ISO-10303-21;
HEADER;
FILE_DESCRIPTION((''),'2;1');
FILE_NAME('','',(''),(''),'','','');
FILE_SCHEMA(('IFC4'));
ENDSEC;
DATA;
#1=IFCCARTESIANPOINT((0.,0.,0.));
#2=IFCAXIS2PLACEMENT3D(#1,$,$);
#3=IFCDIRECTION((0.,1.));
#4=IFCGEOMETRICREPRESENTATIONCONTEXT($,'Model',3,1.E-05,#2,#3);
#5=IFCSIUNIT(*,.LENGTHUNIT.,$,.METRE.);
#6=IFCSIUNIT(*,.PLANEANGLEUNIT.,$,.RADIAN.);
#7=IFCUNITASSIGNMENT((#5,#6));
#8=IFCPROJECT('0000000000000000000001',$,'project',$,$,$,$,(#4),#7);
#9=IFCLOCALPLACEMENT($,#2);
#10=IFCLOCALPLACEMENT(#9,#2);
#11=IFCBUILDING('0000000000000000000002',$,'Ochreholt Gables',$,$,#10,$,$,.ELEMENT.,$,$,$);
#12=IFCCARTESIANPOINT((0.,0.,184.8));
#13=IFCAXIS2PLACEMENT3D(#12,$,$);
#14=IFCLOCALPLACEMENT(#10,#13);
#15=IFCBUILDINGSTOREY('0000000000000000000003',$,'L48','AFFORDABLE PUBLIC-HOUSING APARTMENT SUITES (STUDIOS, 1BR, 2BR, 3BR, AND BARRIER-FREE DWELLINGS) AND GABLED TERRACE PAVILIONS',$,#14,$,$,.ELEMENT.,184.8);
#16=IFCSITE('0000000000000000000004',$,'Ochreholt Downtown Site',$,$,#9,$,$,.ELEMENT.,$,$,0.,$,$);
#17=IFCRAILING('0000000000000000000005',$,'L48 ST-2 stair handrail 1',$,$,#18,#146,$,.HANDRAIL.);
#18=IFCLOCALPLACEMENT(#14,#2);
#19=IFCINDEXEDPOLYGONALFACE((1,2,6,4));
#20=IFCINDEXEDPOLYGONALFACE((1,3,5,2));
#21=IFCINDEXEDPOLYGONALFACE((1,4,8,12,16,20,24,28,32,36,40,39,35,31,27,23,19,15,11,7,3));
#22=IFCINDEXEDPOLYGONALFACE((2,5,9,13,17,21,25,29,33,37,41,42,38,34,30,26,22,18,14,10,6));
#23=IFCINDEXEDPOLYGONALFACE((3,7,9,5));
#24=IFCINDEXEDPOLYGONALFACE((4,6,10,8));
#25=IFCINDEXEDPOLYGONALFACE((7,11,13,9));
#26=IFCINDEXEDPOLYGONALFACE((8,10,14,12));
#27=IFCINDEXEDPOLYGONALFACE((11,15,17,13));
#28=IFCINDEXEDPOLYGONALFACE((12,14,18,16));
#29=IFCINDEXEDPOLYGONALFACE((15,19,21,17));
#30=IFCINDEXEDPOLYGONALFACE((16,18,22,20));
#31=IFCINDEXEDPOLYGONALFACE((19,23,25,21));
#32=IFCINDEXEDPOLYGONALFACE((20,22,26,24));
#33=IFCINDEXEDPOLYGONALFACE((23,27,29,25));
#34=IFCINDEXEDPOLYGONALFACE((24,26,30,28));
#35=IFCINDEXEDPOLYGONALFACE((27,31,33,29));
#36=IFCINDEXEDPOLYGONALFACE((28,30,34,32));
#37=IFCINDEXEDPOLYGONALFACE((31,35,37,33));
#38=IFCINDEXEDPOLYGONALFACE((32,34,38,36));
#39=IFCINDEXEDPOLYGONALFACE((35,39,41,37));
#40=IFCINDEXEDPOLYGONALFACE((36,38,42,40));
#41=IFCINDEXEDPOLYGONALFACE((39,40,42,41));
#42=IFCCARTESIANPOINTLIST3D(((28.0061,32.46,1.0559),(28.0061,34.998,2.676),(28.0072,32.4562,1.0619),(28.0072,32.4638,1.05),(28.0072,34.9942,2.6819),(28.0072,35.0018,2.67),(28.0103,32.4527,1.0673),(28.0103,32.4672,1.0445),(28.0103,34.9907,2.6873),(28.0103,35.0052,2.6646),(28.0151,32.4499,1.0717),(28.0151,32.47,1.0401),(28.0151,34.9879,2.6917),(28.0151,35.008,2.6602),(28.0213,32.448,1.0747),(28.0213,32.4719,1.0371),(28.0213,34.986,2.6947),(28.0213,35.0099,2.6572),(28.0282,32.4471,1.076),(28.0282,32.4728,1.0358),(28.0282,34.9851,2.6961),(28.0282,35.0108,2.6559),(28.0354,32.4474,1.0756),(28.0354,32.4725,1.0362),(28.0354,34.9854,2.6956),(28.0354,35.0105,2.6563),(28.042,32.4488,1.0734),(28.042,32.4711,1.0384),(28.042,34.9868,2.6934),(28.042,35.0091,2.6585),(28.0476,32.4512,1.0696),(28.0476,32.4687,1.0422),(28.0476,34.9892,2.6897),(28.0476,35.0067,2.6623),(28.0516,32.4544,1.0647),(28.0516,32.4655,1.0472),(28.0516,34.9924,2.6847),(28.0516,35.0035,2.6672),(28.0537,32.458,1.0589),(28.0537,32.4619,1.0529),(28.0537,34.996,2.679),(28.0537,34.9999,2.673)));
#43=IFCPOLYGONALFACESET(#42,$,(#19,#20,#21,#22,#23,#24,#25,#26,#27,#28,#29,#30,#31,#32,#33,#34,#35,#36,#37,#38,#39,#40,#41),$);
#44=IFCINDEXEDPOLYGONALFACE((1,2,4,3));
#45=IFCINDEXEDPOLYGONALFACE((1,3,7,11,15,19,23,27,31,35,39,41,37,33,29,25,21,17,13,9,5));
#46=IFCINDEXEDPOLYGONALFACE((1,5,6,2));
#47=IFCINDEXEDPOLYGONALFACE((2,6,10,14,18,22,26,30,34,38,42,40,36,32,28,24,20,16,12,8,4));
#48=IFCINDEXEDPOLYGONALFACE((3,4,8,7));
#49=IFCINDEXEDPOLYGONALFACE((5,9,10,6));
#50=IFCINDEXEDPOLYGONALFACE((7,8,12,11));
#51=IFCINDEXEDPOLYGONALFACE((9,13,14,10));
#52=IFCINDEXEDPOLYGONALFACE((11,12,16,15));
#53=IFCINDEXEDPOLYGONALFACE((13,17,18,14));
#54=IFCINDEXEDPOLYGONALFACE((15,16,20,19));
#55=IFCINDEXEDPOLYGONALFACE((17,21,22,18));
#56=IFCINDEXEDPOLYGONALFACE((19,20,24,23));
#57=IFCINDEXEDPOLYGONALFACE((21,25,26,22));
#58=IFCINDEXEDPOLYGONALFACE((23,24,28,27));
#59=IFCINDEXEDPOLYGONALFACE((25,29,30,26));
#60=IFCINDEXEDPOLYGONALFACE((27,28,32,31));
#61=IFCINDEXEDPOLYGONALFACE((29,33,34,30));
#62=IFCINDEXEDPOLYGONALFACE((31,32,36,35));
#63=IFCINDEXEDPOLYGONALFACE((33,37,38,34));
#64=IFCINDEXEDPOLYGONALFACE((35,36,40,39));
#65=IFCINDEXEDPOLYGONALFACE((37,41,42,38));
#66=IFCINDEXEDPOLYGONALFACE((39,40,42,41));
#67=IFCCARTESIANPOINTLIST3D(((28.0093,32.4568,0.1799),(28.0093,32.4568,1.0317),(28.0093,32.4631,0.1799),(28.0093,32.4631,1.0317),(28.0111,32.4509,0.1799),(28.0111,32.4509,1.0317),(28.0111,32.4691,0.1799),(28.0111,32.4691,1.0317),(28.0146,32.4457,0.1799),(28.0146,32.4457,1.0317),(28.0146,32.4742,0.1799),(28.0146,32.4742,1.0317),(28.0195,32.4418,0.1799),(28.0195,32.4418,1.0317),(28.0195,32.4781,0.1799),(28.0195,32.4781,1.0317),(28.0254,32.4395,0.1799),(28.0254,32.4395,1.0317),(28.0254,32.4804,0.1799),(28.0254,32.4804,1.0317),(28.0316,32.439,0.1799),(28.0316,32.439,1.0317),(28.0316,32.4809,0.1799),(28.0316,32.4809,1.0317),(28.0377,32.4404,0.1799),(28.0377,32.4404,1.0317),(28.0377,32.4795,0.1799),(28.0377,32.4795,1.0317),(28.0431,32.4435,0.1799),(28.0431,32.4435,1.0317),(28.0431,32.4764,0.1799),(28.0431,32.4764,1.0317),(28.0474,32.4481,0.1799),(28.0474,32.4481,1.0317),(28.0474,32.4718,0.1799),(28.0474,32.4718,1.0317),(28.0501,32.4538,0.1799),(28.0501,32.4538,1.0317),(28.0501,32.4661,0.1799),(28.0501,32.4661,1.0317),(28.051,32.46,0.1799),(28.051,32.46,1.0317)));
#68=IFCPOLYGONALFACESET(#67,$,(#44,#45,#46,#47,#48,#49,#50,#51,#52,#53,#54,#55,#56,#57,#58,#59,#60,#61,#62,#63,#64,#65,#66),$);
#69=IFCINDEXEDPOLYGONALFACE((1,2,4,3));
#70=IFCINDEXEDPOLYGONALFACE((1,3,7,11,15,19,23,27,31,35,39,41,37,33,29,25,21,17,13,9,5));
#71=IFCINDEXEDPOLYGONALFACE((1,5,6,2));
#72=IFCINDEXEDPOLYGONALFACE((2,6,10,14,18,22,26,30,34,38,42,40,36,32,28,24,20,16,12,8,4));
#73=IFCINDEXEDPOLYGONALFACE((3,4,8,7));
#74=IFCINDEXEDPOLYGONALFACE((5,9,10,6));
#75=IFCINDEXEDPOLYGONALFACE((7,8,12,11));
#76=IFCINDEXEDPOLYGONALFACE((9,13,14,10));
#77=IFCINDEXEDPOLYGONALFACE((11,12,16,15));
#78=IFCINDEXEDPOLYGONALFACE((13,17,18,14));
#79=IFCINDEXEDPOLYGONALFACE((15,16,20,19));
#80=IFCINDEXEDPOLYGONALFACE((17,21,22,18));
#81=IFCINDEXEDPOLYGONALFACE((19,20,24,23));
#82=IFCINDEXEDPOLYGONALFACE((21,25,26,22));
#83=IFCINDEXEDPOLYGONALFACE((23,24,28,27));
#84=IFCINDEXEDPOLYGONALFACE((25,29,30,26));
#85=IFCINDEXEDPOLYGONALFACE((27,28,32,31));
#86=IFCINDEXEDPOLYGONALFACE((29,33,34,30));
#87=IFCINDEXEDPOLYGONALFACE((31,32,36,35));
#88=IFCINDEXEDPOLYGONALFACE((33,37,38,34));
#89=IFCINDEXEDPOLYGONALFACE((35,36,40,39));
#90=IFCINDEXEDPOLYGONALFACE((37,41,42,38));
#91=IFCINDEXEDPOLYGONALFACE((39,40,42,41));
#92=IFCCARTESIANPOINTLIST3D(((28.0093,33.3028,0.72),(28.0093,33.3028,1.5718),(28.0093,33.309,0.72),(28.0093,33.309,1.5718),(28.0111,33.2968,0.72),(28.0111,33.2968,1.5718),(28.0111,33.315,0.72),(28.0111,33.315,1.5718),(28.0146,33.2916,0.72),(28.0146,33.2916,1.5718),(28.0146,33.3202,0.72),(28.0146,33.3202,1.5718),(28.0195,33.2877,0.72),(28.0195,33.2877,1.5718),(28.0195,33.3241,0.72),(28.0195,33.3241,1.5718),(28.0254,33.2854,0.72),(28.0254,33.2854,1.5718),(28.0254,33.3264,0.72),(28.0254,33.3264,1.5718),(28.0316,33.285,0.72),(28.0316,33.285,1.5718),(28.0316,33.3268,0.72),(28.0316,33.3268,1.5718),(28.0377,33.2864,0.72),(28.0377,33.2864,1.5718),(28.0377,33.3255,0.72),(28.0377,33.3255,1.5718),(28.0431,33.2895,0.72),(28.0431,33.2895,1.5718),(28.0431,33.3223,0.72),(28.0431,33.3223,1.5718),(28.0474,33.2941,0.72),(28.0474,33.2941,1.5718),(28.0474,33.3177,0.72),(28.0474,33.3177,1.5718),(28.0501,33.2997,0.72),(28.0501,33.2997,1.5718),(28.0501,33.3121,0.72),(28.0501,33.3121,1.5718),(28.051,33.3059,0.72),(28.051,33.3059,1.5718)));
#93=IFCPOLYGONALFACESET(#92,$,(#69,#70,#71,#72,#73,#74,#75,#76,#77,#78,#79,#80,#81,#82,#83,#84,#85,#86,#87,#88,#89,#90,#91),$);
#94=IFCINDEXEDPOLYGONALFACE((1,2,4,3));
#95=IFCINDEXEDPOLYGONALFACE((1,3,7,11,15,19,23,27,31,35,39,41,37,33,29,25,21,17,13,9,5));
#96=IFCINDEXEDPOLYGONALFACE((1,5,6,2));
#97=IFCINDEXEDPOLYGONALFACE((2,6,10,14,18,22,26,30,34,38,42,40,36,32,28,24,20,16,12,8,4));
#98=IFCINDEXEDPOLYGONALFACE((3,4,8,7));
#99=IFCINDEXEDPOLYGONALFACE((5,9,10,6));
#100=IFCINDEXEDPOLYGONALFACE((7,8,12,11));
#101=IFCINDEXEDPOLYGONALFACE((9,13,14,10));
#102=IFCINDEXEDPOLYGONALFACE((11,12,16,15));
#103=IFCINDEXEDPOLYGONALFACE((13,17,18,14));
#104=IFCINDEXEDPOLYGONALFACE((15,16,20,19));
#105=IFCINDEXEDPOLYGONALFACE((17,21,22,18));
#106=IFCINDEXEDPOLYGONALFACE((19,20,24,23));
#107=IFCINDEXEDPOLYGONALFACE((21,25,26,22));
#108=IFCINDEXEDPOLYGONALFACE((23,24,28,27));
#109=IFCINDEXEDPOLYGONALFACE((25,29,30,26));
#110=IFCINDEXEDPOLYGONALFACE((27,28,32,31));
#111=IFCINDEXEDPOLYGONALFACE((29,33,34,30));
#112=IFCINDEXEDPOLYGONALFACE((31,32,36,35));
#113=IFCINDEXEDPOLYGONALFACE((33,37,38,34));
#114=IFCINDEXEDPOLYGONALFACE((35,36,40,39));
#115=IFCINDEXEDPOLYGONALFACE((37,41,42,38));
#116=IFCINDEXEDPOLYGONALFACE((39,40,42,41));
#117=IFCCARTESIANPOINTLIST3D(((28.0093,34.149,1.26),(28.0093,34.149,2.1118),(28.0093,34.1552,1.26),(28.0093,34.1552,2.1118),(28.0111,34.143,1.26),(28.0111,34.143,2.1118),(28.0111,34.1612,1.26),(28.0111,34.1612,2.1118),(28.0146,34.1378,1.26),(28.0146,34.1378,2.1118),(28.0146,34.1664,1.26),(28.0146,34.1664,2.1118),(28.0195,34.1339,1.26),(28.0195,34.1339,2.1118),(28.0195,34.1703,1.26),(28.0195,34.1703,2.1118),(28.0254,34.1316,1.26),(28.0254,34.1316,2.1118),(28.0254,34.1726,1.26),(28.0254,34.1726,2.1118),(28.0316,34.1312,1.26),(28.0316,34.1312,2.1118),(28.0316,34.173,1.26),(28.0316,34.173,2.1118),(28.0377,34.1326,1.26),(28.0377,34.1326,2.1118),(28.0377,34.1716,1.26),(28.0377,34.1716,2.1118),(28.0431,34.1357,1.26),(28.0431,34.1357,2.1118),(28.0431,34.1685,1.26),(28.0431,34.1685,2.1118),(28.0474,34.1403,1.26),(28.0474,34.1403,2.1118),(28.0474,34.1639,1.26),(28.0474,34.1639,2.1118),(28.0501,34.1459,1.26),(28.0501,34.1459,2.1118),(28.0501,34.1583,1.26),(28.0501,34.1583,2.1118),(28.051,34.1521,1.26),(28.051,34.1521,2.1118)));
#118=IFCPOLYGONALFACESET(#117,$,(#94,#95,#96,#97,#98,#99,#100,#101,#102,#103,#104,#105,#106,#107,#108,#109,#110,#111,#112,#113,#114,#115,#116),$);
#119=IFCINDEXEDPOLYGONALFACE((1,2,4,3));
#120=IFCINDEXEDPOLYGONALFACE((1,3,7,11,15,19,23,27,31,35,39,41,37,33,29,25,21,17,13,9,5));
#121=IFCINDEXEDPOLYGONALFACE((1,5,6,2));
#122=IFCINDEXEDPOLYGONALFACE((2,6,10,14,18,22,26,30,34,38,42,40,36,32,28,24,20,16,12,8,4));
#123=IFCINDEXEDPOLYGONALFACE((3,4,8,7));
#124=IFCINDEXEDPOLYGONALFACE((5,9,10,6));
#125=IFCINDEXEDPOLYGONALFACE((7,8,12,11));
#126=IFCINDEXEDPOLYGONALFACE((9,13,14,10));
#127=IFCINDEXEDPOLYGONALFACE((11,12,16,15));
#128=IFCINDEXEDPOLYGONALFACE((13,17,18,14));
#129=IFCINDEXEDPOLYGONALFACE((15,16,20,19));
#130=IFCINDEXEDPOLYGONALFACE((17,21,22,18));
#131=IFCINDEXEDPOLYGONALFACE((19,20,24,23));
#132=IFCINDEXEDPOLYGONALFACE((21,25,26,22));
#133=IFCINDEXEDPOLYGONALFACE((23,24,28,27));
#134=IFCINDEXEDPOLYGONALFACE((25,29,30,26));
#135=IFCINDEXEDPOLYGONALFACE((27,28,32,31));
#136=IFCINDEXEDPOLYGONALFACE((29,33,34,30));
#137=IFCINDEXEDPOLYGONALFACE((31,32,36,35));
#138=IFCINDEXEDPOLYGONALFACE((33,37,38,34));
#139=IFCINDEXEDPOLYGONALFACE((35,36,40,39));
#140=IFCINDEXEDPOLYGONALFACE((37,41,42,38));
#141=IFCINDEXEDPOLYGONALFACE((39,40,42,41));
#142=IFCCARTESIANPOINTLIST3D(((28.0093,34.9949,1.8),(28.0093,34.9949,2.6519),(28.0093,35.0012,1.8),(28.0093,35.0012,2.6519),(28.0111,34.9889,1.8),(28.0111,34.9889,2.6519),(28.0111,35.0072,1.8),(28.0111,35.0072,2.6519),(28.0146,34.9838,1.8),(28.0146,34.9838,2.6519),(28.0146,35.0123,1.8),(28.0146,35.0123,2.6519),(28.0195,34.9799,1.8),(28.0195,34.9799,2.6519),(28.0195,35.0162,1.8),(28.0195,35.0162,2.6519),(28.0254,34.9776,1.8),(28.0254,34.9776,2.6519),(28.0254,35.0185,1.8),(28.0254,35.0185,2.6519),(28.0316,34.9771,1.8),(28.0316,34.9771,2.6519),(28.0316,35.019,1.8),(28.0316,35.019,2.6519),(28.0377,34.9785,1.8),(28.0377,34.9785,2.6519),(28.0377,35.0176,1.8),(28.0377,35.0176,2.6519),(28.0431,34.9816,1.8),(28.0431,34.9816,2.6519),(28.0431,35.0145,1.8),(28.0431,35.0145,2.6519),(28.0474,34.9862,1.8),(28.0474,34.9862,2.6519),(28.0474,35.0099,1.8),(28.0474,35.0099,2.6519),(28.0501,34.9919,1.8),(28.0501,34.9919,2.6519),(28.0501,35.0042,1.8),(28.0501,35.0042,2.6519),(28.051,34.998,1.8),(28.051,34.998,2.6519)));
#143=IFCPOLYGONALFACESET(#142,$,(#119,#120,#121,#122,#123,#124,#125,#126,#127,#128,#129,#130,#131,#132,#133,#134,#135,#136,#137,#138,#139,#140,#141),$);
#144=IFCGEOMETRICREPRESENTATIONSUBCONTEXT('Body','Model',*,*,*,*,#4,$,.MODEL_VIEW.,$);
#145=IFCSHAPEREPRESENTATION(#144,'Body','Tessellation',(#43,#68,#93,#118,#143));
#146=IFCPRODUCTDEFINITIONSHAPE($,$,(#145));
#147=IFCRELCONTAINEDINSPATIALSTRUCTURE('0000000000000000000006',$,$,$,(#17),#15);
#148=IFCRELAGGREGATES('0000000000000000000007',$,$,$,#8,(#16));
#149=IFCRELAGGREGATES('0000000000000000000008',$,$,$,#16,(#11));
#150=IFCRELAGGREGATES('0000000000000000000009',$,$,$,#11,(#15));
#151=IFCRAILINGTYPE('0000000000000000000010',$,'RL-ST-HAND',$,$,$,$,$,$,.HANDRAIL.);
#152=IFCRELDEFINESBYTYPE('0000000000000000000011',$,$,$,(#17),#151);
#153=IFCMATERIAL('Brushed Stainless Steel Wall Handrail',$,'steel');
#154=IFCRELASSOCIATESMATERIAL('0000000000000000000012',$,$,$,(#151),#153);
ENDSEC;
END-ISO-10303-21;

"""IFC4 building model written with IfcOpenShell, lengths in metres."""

from ifc_helpers import new_model, si_unit, direction, frame, origin, origin_2d, place, context, subcontext, project, spatial, circle, extrude, material, type_object, element, save


model = new_model("IFC4")

# Units and contexts
model_context = context("Model", 3, precision=1e-05, world=origin(), true_north=direction((0.0, 1.0)))
body_context = subcontext(model_context, "Body", "Model", "MODEL_VIEW")
ifc_project = project(units=[si_unit("LENGTHUNIT", "METRE"), si_unit("PLANEANGLEUNIT", "RADIAN")], contexts=[model_context])

# Site, building, storey
site_placement = place(None, origin())
site = spatial("IfcSite", under=ifc_project, at=site_placement, Name="Ochreholt Downtown Site", CompositionType="ELEMENT", RefElevation=0.0)
building_placement = place(site_placement, origin())
building = spatial("IfcBuilding", under=site, at=building_placement, Name="Ochreholt Gables", CompositionType="ELEMENT")
storey_placement = place(building_placement, frame((0.0, 0.0, 184.8)))
storey = spatial("IfcBuildingStorey", under=building, at=storey_placement, Name="L48", Description="AFFORDABLE PUBLIC-HOUSING APARTMENT SUITES (STUDIOS, 1BR, 2BR, 3BR, AND BARRIER-FREE DWELLINGS) AND GABLED TERRACE PAVILIONS", CompositionType="ELEMENT", Elevation=184.8)

# Railing
ifc_material_1 = material(Name="Brushed Stainless Steel Wall Handrail", Category="steel")
railing_type_1 = type_object("IfcRailingType", Name="RL-ST-HAND", PredefinedType="HANDRAIL", material=ifc_material_1)
railing_1_placement = place(storey_placement, frame((28.03, 32.46, 0.1799)))
element("IfcRailing", 1, at=railing_1_placement, inside=storey, type_object=railing_type_1, Name="L48 ST-2 stair handrail 1", PredefinedType="HANDRAIL", context=body_context, shape_type="SweptSolid", body=[
    extrude(circle(Radius=0.0239, at=origin_2d()), frame((0.0, 0.0, 0.876), z_axis=(0.0, 0.842913, 0.53805), x_axis=(-1.0, 0.0, 0.0)), (0.0, 0.0, 1.0), 3.011),
    extrude(circle(Radius=0.021, at=origin_2d()), origin(), (0.0, 0.0, 1.0), 0.8518),
    extrude(circle(Radius=0.021, at=origin_2d()), frame((0.0, 0.8459, 0.54)), (0.0, 0.0, 1.0), 0.8518),
    extrude(circle(Radius=0.021, at=origin_2d()), frame((0.0, 1.6921, 1.0801)), (0.0, 0.0, 1.0), 0.8518),
    extrude(circle(Radius=0.021, at=origin_2d()), frame((0.0, 2.5381, 1.6201)), (0.0, 0.0, 1.0), 0.8518),
])

save(model, "model.ifc")
